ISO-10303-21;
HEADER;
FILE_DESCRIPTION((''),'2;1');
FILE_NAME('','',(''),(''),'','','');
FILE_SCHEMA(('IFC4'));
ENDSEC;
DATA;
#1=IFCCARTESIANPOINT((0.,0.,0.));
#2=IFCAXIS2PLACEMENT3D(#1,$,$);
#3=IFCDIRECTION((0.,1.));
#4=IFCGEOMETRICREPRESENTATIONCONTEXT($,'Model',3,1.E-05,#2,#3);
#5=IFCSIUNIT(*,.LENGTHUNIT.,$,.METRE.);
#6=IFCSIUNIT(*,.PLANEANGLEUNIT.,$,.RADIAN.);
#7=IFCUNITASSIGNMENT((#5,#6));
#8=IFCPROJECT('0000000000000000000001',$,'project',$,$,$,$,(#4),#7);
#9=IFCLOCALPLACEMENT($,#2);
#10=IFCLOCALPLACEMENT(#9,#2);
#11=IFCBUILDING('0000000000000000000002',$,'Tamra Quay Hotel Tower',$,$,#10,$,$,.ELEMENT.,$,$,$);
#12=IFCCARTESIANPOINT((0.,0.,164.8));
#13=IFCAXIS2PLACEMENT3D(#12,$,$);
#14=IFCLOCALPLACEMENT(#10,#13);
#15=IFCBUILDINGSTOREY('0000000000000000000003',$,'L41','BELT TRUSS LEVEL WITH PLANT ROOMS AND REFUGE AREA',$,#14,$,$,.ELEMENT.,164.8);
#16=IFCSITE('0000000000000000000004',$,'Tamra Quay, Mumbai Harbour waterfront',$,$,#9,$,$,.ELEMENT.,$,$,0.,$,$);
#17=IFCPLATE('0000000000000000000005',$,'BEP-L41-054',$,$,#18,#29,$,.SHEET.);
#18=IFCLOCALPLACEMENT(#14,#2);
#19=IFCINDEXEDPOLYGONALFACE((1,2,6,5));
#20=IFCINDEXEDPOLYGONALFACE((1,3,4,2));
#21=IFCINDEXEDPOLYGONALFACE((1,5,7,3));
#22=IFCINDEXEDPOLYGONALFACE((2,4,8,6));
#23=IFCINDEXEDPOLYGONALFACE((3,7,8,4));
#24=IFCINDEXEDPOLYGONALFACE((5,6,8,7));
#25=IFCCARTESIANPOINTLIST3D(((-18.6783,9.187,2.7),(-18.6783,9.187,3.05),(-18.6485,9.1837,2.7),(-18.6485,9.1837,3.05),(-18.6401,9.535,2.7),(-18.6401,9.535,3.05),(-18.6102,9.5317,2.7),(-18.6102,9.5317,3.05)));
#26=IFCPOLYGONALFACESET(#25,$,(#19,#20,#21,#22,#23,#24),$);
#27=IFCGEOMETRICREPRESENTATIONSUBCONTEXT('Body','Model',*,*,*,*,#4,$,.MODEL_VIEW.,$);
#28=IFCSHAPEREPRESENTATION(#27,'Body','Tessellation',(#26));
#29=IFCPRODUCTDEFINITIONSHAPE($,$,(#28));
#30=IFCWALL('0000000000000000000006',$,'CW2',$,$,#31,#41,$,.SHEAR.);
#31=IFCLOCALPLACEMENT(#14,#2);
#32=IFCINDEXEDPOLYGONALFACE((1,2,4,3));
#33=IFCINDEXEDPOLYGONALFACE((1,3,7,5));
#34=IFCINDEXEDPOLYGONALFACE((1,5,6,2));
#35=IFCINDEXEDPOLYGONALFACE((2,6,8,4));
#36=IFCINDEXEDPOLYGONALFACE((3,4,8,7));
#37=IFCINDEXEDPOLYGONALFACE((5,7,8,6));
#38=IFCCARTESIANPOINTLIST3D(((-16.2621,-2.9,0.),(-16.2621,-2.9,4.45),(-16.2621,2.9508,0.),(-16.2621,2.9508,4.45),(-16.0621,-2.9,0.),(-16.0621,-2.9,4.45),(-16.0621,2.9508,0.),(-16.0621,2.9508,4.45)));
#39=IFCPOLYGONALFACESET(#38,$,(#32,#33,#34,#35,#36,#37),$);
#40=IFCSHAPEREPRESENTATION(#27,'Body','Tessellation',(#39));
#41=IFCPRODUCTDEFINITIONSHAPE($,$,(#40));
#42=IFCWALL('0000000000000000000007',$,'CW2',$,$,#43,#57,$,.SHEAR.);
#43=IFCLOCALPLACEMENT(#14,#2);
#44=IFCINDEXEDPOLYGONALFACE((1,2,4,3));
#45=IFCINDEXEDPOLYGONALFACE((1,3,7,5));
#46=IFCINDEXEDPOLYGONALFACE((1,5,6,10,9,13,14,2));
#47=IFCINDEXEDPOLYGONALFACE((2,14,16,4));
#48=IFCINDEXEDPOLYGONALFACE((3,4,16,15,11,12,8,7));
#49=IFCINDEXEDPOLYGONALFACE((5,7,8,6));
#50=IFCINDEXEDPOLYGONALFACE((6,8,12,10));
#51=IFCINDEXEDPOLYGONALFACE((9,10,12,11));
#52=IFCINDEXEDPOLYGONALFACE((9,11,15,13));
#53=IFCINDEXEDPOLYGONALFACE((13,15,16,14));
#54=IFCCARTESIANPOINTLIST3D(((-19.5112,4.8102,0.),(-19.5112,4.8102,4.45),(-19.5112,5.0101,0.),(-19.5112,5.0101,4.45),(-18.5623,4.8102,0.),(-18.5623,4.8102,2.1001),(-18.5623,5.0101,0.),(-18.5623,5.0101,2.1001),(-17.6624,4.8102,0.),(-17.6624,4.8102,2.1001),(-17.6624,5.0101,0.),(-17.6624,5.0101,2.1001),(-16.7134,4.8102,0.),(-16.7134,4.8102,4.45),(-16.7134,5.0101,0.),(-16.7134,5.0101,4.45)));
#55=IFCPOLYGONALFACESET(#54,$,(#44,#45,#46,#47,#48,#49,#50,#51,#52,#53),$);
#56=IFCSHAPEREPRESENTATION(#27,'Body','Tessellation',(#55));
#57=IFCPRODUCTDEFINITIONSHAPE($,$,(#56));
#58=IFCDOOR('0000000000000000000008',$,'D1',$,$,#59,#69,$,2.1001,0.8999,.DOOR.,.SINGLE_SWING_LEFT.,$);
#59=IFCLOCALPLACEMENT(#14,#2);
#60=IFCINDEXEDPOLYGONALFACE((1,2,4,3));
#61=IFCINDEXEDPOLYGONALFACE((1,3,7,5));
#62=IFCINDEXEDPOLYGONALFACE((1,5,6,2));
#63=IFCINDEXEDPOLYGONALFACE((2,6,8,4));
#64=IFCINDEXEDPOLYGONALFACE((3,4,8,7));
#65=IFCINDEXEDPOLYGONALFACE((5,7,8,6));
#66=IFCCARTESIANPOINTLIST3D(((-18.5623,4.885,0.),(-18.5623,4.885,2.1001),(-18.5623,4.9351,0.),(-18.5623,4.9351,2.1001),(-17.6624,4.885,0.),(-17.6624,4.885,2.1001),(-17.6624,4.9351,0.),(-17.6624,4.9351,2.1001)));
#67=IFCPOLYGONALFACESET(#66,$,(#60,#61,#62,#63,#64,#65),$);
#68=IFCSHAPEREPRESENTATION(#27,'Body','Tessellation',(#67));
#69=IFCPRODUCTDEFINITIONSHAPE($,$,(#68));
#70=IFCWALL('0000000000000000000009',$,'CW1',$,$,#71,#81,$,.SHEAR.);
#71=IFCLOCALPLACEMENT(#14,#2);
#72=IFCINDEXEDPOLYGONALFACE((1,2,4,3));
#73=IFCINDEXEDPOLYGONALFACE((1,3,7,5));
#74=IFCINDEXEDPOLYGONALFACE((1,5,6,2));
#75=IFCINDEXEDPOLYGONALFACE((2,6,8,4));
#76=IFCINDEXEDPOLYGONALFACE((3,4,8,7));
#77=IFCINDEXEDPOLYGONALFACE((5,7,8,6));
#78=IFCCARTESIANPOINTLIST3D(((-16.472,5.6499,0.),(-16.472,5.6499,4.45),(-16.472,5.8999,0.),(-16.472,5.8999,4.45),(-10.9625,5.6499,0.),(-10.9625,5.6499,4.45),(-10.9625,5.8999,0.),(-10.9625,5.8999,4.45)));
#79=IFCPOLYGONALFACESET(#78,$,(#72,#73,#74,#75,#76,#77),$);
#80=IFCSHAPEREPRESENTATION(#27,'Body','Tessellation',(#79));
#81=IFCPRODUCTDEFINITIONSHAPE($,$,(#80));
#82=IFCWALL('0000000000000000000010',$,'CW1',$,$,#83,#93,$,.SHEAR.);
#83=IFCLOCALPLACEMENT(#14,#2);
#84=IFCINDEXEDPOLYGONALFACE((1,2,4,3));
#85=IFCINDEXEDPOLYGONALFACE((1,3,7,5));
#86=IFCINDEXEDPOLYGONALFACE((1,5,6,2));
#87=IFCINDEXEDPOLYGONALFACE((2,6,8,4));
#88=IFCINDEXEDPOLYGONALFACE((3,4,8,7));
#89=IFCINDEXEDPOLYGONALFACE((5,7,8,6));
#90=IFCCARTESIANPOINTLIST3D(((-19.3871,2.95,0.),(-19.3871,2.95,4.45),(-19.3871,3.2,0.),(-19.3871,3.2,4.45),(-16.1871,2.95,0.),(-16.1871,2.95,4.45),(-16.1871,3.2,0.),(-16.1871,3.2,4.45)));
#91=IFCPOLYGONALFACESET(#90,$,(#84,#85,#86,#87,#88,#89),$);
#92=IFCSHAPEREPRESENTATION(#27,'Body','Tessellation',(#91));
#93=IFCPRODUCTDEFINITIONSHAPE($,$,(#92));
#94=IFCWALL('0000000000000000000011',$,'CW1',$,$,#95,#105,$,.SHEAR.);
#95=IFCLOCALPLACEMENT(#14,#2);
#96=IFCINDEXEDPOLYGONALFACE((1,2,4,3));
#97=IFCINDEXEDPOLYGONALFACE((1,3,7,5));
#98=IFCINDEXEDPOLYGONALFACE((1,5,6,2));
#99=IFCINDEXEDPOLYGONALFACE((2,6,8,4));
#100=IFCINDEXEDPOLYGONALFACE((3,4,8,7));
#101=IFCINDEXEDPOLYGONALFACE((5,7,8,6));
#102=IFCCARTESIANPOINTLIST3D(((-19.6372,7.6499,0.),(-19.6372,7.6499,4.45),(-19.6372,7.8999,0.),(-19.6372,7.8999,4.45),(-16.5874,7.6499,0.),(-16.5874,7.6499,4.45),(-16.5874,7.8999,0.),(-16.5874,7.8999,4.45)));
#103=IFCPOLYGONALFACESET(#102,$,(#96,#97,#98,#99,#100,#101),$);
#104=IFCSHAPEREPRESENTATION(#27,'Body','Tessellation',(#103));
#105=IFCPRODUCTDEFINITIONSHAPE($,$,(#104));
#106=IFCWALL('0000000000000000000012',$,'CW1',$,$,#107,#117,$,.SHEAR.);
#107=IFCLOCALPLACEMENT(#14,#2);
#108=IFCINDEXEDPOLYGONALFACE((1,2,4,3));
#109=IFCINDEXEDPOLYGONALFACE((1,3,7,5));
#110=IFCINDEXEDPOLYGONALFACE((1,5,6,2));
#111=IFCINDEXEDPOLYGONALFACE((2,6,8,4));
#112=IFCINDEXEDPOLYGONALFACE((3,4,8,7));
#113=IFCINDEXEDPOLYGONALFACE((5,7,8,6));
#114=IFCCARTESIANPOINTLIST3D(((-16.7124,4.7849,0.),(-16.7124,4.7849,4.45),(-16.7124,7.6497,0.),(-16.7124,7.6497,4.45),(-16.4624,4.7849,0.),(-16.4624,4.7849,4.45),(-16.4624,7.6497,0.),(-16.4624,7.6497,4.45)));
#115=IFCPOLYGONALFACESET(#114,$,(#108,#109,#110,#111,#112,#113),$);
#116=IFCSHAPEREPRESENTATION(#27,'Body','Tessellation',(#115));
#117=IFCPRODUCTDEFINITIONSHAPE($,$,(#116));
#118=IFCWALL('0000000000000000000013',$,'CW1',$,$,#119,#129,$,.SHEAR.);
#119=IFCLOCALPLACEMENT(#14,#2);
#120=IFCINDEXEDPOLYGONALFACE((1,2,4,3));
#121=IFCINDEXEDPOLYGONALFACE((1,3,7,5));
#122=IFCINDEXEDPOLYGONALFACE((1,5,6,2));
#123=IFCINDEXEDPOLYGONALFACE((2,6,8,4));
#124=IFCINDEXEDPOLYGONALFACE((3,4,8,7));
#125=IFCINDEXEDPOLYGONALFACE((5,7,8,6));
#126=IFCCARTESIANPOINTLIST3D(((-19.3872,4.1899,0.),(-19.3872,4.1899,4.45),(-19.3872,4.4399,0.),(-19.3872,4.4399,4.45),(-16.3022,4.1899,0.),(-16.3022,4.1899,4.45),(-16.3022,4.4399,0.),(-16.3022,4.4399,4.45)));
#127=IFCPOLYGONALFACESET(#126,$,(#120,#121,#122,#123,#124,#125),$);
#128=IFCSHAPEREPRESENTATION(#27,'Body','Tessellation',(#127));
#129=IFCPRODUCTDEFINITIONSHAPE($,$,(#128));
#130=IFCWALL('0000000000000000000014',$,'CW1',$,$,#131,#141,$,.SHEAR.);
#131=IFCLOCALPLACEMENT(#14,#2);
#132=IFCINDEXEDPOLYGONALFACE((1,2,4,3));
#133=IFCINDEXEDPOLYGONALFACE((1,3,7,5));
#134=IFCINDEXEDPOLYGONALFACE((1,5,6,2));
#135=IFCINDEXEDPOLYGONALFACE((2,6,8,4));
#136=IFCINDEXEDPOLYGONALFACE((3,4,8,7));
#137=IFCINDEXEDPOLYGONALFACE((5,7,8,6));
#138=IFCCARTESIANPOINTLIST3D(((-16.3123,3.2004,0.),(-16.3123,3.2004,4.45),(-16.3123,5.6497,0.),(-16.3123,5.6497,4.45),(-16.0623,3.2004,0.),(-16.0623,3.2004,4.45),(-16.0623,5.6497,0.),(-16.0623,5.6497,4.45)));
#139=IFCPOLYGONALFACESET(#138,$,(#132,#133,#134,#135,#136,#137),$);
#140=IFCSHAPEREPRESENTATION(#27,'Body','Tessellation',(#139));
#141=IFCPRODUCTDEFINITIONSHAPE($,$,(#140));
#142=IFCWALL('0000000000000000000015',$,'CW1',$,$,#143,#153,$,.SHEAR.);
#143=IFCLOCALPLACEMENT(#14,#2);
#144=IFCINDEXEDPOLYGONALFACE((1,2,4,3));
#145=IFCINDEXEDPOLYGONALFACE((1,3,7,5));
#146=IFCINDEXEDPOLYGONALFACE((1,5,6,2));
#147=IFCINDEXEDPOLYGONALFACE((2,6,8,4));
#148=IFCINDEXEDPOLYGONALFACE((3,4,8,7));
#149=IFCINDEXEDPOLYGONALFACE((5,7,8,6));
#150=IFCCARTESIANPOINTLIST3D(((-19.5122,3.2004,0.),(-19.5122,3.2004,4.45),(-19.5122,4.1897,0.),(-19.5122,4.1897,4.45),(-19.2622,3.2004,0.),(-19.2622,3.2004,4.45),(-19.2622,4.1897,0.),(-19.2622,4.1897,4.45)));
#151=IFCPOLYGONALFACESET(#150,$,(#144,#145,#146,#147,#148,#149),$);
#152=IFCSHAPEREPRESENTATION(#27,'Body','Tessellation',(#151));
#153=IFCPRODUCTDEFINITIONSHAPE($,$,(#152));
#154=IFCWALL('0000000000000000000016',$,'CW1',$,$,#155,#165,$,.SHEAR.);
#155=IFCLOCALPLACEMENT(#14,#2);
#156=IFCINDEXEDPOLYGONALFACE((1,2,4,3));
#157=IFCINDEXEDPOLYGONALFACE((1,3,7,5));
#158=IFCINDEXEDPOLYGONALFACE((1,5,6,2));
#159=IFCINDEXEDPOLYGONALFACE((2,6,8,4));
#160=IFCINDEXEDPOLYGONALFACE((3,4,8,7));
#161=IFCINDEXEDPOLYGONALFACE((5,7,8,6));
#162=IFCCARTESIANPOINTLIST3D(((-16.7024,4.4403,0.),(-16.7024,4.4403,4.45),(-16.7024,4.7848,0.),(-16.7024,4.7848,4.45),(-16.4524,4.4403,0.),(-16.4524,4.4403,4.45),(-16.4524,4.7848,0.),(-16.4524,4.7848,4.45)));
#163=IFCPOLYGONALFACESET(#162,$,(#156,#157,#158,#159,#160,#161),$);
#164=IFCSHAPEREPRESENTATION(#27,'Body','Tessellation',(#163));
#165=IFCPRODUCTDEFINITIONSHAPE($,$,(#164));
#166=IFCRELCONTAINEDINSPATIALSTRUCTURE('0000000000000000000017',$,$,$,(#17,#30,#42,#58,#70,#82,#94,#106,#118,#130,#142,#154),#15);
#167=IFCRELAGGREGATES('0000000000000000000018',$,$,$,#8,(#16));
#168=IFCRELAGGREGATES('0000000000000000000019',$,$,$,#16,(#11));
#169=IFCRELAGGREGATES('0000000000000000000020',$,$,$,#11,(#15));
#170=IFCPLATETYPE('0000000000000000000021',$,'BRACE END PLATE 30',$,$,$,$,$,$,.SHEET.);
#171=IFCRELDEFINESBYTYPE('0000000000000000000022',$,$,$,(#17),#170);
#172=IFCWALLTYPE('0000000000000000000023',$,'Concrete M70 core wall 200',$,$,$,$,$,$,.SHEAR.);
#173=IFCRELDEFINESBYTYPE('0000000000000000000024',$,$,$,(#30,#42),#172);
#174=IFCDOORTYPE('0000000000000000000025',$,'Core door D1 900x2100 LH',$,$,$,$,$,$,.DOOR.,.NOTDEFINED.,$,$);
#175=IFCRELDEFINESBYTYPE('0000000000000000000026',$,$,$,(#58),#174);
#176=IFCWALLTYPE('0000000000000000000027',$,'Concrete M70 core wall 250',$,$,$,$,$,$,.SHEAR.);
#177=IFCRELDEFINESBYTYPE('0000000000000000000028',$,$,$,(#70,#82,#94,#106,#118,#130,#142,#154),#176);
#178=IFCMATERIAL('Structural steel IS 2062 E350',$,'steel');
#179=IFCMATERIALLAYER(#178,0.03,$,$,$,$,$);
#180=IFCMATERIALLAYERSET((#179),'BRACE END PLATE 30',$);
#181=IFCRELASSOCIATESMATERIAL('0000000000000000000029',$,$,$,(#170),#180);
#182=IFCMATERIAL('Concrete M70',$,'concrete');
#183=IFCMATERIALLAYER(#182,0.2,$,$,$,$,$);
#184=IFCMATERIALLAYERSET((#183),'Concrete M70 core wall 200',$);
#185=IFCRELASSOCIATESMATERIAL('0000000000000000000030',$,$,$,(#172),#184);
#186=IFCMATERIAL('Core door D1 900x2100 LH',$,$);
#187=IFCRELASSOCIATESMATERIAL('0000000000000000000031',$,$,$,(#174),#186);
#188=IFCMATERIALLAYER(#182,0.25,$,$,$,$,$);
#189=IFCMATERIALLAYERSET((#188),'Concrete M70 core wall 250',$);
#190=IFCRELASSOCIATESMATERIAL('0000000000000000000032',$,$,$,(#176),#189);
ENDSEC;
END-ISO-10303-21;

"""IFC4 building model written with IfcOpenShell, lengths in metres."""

from ifc_helpers import new_model, si_unit, direction, frame, frame_2d, origin, origin_2d, place, context, subcontext, project, spatial, rectangle, extrude, material, layer, layer_set, type_object, element, fill, save


model = new_model("IFC4")

# Units and contexts
model_context = context("Model", 3, precision=1e-05, world=origin(), true_north=direction((0.0, 1.0)))
body_context = subcontext(model_context, "Body", "Model", "MODEL_VIEW")
ifc_project = project(units=[si_unit("LENGTHUNIT", "METRE"), si_unit("PLANEANGLEUNIT", "RADIAN")], contexts=[model_context])

# Site, building, storey
site_placement = place(None, origin())
site = spatial("IfcSite", under=ifc_project, at=site_placement, Name="Tamra Quay, Mumbai Harbour waterfront", CompositionType="ELEMENT", RefElevation=0.0)
building_placement = place(site_placement, origin())
building = spatial("IfcBuilding", under=site, at=building_placement, Name="Tamra Quay Hotel Tower", CompositionType="ELEMENT")
storey_placement = place(building_placement, frame((0.0, 0.0, 164.8)))
storey = spatial("IfcBuildingStorey", under=building, at=storey_placement, Name="L41", Description="BELT TRUSS LEVEL WITH PLANT ROOMS AND REFUGE AREA", CompositionType="ELEMENT", Elevation=164.8)

# Shared definitions
ifc_material_1 = material(Name="Structural steel IS 2062 E350", Category="steel")

# Plate
ifc_layer_1 = layer(ifc_material_1, 0.03)
ifc_layer_set_1 = layer_set([ifc_layer_1], Name="BRACE END PLATE 30")
plate_type = type_object("IfcPlateType", Name="BRACE END PLATE 30", PredefinedType="SHEET", material=ifc_layer_set_1)
for number, where, z_axis, x_axis, name in (
    (1, (-18.6443, 9.3594, 2.7), (0.0, 0.0, 1.0), (-0.994015, 0.109242, 0.0), "BEP-L41-054"),
):
    element("IfcPlate", number, at=place(storey_placement, frame(where, z_axis=z_axis, x_axis=x_axis)), inside=storey, type_object=plate_type, Name=name, PredefinedType="SHEET", context=body_context, shape_type="SweptSolid", body=[
        extrude(rectangle(XDim=0.03, YDim=0.3501, at=origin_2d()), origin(), (0.0, 0.0, 1.0), 0.3501),
    ])

# Wall
ifc_material_2 = material(Name="Concrete M70", Category="concrete")
ifc_layer_2 = layer(ifc_material_2, 0.2)
ifc_layer_set_2 = layer_set([ifc_layer_2], Name="Concrete M70 core wall 200")
wall_type_1 = type_object("IfcWallType", Name="Concrete M70 core wall 200", PredefinedType="SHEAR", material=ifc_layer_set_2)
wall_1_placement = place(storey_placement, frame((-16.1621, 2.9507, 0.0), z_axis=(0.0, 0.0, 1.0), x_axis=(0.0, -1.0, 0.0)))
element("IfcWall", 2, at=wall_1_placement, inside=storey, type_object=wall_type_1, Name="CW2", PredefinedType="SHEAR", context=body_context, shape_type="SweptSolid", body=[
    extrude(rectangle(XDim=5.8508, YDim=0.2, at=frame_2d((2.9253, 0.0))), origin(), (0.0, 0.0, 1.0), 4.45),
])

# Wall, opening, door
wall_2_placement = place(storey_placement, frame((-19.5112, 4.9102, 0.0), z_axis=(0.0, 0.0, 1.0), x_axis=(1.0, 0.0, 0.0)))
wall_2 = element("IfcWall", 3, at=wall_2_placement, inside=storey, type_object=wall_type_1, Name="CW2", PredefinedType="SHEAR", context=body_context, shape_type="SweptSolid", body=[
    extrude(rectangle(XDim=2.7979, YDim=0.2, at=frame_2d((1.3989, 0.0))), origin(), (0.0, 0.0, 1.0), 4.45),
])
opening_1_placement = place(wall_2_placement, frame((0.949, 0.0, 0.0)))
opening_1 = element("IfcOpeningElement", 4, at=opening_1_placement, cuts=wall_2, PredefinedType="OPENING", context=body_context, shape_type="SweptSolid", body=[
    extrude(rectangle(XDim=0.8999, YDim=2.1001, at=frame_2d((0.45, 1.05))), frame((0.0, 0.1099, 0.0), z_axis=(0.0, -1.0, 0.0), x_axis=(1.0, 0.0, 0.0)), (0.0, 0.0, 1.0), 0.22),
])
ifc_material_3 = material(Name="Core door D1 900x2100 LH")
door_type_1 = type_object("IfcDoorType", Name="Core door D1 900x2100 LH", OperationType="NOTDEFINED", PredefinedType="DOOR", material=ifc_material_3)
door_1_placement = place(opening_1_placement, origin())
door_1 = element("IfcDoor", 5, at=door_1_placement, inside=storey, type_object=door_type_1, Name="D1", OperationType="SINGLE_SWING_LEFT", OverallHeight=2.1001, OverallWidth=0.8999, PredefinedType="DOOR", context=body_context, shape_type="SweptSolid", body=[
    extrude(rectangle(XDim=0.8999, YDim=2.1001, at=frame_2d((0.45, 1.05))), frame((0.0, 0.0249, 0.0), z_axis=(0.0, -1.0, 0.0), x_axis=(1.0, 0.0, 0.0)), (0.0, 0.0, 1.0), 0.05),
])
fill(opening_1, door_1)

# Walls
ifc_layer_3 = layer(ifc_material_2, 0.25)
ifc_layer_set_3 = layer_set([ifc_layer_3], Name="Concrete M70 core wall 250")
wall_type_2 = type_object("IfcWallType", Name="Concrete M70 core wall 250", PredefinedType="SHEAR", material=ifc_layer_set_3)
wall_3_placement = place(storey_placement, frame((-16.4722, 5.7749, 0.0), z_axis=(0.0, 0.0, 1.0), x_axis=(1.0, 0.0, 0.0)))
element("IfcWall", 6, at=wall_3_placement, inside=storey, type_object=wall_type_2, Name="CW1", PredefinedType="SHEAR", context=body_context, shape_type="SweptSolid", body=[
    extrude(rectangle(XDim=5.5095, YDim=0.25, at=frame_2d((2.7549, 0.0))), origin(), (0.0, 0.0, 1.0), 4.45),
])
wall_4_placement = place(storey_placement, frame((-19.3872, 3.075, 0.0), z_axis=(0.0, 0.0, 1.0), x_axis=(1.0, 0.0, 0.0)))
element("IfcWall", 7, at=wall_4_placement, inside=storey, type_object=wall_type_2, Name="CW1", PredefinedType="SHEAR", context=body_context, shape_type="SweptSolid", body=[
    extrude(rectangle(XDim=3.2, YDim=0.25, at=frame_2d((1.6001, 0.0))), origin(), (0.0, 0.0, 1.0), 4.45),
])
wall_5_placement = place(storey_placement, frame((-19.6372, 7.7749, 0.0), z_axis=(0.0, 0.0, 1.0), x_axis=(1.0, 0.0, 0.0)))
element("IfcWall", 8, at=wall_5_placement, inside=storey, type_object=wall_type_2, Name="CW1", PredefinedType="SHEAR", context=body_context, shape_type="SweptSolid", body=[
    extrude(rectangle(XDim=3.0498, YDim=0.25, at=frame_2d((1.5249, 0.0))), origin(), (0.0, 0.0, 1.0), 4.45),
])
wall_6_placement = place(storey_placement, frame((-16.5874, 7.6497, 0.0), z_axis=(0.0, 0.0, 1.0), x_axis=(0.0, -1.0, 0.0)))
element("IfcWall", 9, at=wall_6_placement, inside=storey, type_object=wall_type_2, Name="CW1", PredefinedType="SHEAR", context=body_context, shape_type="SweptSolid", body=[
    extrude(rectangle(XDim=2.8647, YDim=0.25, at=frame_2d((1.4324, 0.0))), origin(), (0.0, 0.0, 1.0), 4.45),
])
wall_7_placement = place(storey_placement, frame((-16.3022, 4.3149, 0.0), z_axis=(0.0, 0.0, 1.0), x_axis=(-1.0, 0.0, 0.0)))
element("IfcWall", 10, at=wall_7_placement, inside=storey, type_object=wall_type_2, Name="CW1", PredefinedType="SHEAR", context=body_context, shape_type="SweptSolid", body=[
    extrude(rectangle(XDim=3.085, YDim=0.25, at=frame_2d((1.5425, 0.0))), origin(), (0.0, 0.0, 1.0), 4.45),
])
wall_8_placement = place(storey_placement, frame((-16.1873, 3.2004, 0.0), z_axis=(0.0, 0.0, 1.0), x_axis=(0.0, 1.0, 0.0)))
element("IfcWall", 11, at=wall_8_placement, inside=storey, type_object=wall_type_2, Name="CW1", PredefinedType="SHEAR", context=body_context, shape_type="SweptSolid", body=[
    extrude(rectangle(XDim=2.4492, YDim=0.25, at=frame_2d((1.2246, 0.0))), origin(), (0.0, 0.0, 1.0), 4.45),
])
wall_9_placement = place(storey_placement, frame((-19.3872, 4.1897, 0.0), z_axis=(0.0, 0.0, 1.0), x_axis=(0.0, -1.0, 0.0)))
element("IfcWall", 12, at=wall_9_placement, inside=storey, type_object=wall_type_2, Name="CW1", PredefinedType="SHEAR", context=body_context, shape_type="SweptSolid", body=[
    extrude(rectangle(XDim=0.9893, YDim=0.25, at=frame_2d((0.4946, 0.0))), origin(), (0.0, 0.0, 1.0), 4.45),
])
wall_10_placement = place(storey_placement, frame((-16.5774, 4.7849, 0.0), z_axis=(0.0, 0.0, 1.0), x_axis=(0.0, -1.0, 0.0)))
element("IfcWall", 13, at=wall_10_placement, inside=storey, type_object=wall_type_2, Name="CW1", PredefinedType="SHEAR", context=body_context, shape_type="SweptSolid", body=[
    extrude(rectangle(XDim=0.3445, YDim=0.25, at=frame_2d((0.1724, 0.0))), origin(), (0.0, 0.0, 1.0), 4.45),
])

save(model, "model.ifc")
